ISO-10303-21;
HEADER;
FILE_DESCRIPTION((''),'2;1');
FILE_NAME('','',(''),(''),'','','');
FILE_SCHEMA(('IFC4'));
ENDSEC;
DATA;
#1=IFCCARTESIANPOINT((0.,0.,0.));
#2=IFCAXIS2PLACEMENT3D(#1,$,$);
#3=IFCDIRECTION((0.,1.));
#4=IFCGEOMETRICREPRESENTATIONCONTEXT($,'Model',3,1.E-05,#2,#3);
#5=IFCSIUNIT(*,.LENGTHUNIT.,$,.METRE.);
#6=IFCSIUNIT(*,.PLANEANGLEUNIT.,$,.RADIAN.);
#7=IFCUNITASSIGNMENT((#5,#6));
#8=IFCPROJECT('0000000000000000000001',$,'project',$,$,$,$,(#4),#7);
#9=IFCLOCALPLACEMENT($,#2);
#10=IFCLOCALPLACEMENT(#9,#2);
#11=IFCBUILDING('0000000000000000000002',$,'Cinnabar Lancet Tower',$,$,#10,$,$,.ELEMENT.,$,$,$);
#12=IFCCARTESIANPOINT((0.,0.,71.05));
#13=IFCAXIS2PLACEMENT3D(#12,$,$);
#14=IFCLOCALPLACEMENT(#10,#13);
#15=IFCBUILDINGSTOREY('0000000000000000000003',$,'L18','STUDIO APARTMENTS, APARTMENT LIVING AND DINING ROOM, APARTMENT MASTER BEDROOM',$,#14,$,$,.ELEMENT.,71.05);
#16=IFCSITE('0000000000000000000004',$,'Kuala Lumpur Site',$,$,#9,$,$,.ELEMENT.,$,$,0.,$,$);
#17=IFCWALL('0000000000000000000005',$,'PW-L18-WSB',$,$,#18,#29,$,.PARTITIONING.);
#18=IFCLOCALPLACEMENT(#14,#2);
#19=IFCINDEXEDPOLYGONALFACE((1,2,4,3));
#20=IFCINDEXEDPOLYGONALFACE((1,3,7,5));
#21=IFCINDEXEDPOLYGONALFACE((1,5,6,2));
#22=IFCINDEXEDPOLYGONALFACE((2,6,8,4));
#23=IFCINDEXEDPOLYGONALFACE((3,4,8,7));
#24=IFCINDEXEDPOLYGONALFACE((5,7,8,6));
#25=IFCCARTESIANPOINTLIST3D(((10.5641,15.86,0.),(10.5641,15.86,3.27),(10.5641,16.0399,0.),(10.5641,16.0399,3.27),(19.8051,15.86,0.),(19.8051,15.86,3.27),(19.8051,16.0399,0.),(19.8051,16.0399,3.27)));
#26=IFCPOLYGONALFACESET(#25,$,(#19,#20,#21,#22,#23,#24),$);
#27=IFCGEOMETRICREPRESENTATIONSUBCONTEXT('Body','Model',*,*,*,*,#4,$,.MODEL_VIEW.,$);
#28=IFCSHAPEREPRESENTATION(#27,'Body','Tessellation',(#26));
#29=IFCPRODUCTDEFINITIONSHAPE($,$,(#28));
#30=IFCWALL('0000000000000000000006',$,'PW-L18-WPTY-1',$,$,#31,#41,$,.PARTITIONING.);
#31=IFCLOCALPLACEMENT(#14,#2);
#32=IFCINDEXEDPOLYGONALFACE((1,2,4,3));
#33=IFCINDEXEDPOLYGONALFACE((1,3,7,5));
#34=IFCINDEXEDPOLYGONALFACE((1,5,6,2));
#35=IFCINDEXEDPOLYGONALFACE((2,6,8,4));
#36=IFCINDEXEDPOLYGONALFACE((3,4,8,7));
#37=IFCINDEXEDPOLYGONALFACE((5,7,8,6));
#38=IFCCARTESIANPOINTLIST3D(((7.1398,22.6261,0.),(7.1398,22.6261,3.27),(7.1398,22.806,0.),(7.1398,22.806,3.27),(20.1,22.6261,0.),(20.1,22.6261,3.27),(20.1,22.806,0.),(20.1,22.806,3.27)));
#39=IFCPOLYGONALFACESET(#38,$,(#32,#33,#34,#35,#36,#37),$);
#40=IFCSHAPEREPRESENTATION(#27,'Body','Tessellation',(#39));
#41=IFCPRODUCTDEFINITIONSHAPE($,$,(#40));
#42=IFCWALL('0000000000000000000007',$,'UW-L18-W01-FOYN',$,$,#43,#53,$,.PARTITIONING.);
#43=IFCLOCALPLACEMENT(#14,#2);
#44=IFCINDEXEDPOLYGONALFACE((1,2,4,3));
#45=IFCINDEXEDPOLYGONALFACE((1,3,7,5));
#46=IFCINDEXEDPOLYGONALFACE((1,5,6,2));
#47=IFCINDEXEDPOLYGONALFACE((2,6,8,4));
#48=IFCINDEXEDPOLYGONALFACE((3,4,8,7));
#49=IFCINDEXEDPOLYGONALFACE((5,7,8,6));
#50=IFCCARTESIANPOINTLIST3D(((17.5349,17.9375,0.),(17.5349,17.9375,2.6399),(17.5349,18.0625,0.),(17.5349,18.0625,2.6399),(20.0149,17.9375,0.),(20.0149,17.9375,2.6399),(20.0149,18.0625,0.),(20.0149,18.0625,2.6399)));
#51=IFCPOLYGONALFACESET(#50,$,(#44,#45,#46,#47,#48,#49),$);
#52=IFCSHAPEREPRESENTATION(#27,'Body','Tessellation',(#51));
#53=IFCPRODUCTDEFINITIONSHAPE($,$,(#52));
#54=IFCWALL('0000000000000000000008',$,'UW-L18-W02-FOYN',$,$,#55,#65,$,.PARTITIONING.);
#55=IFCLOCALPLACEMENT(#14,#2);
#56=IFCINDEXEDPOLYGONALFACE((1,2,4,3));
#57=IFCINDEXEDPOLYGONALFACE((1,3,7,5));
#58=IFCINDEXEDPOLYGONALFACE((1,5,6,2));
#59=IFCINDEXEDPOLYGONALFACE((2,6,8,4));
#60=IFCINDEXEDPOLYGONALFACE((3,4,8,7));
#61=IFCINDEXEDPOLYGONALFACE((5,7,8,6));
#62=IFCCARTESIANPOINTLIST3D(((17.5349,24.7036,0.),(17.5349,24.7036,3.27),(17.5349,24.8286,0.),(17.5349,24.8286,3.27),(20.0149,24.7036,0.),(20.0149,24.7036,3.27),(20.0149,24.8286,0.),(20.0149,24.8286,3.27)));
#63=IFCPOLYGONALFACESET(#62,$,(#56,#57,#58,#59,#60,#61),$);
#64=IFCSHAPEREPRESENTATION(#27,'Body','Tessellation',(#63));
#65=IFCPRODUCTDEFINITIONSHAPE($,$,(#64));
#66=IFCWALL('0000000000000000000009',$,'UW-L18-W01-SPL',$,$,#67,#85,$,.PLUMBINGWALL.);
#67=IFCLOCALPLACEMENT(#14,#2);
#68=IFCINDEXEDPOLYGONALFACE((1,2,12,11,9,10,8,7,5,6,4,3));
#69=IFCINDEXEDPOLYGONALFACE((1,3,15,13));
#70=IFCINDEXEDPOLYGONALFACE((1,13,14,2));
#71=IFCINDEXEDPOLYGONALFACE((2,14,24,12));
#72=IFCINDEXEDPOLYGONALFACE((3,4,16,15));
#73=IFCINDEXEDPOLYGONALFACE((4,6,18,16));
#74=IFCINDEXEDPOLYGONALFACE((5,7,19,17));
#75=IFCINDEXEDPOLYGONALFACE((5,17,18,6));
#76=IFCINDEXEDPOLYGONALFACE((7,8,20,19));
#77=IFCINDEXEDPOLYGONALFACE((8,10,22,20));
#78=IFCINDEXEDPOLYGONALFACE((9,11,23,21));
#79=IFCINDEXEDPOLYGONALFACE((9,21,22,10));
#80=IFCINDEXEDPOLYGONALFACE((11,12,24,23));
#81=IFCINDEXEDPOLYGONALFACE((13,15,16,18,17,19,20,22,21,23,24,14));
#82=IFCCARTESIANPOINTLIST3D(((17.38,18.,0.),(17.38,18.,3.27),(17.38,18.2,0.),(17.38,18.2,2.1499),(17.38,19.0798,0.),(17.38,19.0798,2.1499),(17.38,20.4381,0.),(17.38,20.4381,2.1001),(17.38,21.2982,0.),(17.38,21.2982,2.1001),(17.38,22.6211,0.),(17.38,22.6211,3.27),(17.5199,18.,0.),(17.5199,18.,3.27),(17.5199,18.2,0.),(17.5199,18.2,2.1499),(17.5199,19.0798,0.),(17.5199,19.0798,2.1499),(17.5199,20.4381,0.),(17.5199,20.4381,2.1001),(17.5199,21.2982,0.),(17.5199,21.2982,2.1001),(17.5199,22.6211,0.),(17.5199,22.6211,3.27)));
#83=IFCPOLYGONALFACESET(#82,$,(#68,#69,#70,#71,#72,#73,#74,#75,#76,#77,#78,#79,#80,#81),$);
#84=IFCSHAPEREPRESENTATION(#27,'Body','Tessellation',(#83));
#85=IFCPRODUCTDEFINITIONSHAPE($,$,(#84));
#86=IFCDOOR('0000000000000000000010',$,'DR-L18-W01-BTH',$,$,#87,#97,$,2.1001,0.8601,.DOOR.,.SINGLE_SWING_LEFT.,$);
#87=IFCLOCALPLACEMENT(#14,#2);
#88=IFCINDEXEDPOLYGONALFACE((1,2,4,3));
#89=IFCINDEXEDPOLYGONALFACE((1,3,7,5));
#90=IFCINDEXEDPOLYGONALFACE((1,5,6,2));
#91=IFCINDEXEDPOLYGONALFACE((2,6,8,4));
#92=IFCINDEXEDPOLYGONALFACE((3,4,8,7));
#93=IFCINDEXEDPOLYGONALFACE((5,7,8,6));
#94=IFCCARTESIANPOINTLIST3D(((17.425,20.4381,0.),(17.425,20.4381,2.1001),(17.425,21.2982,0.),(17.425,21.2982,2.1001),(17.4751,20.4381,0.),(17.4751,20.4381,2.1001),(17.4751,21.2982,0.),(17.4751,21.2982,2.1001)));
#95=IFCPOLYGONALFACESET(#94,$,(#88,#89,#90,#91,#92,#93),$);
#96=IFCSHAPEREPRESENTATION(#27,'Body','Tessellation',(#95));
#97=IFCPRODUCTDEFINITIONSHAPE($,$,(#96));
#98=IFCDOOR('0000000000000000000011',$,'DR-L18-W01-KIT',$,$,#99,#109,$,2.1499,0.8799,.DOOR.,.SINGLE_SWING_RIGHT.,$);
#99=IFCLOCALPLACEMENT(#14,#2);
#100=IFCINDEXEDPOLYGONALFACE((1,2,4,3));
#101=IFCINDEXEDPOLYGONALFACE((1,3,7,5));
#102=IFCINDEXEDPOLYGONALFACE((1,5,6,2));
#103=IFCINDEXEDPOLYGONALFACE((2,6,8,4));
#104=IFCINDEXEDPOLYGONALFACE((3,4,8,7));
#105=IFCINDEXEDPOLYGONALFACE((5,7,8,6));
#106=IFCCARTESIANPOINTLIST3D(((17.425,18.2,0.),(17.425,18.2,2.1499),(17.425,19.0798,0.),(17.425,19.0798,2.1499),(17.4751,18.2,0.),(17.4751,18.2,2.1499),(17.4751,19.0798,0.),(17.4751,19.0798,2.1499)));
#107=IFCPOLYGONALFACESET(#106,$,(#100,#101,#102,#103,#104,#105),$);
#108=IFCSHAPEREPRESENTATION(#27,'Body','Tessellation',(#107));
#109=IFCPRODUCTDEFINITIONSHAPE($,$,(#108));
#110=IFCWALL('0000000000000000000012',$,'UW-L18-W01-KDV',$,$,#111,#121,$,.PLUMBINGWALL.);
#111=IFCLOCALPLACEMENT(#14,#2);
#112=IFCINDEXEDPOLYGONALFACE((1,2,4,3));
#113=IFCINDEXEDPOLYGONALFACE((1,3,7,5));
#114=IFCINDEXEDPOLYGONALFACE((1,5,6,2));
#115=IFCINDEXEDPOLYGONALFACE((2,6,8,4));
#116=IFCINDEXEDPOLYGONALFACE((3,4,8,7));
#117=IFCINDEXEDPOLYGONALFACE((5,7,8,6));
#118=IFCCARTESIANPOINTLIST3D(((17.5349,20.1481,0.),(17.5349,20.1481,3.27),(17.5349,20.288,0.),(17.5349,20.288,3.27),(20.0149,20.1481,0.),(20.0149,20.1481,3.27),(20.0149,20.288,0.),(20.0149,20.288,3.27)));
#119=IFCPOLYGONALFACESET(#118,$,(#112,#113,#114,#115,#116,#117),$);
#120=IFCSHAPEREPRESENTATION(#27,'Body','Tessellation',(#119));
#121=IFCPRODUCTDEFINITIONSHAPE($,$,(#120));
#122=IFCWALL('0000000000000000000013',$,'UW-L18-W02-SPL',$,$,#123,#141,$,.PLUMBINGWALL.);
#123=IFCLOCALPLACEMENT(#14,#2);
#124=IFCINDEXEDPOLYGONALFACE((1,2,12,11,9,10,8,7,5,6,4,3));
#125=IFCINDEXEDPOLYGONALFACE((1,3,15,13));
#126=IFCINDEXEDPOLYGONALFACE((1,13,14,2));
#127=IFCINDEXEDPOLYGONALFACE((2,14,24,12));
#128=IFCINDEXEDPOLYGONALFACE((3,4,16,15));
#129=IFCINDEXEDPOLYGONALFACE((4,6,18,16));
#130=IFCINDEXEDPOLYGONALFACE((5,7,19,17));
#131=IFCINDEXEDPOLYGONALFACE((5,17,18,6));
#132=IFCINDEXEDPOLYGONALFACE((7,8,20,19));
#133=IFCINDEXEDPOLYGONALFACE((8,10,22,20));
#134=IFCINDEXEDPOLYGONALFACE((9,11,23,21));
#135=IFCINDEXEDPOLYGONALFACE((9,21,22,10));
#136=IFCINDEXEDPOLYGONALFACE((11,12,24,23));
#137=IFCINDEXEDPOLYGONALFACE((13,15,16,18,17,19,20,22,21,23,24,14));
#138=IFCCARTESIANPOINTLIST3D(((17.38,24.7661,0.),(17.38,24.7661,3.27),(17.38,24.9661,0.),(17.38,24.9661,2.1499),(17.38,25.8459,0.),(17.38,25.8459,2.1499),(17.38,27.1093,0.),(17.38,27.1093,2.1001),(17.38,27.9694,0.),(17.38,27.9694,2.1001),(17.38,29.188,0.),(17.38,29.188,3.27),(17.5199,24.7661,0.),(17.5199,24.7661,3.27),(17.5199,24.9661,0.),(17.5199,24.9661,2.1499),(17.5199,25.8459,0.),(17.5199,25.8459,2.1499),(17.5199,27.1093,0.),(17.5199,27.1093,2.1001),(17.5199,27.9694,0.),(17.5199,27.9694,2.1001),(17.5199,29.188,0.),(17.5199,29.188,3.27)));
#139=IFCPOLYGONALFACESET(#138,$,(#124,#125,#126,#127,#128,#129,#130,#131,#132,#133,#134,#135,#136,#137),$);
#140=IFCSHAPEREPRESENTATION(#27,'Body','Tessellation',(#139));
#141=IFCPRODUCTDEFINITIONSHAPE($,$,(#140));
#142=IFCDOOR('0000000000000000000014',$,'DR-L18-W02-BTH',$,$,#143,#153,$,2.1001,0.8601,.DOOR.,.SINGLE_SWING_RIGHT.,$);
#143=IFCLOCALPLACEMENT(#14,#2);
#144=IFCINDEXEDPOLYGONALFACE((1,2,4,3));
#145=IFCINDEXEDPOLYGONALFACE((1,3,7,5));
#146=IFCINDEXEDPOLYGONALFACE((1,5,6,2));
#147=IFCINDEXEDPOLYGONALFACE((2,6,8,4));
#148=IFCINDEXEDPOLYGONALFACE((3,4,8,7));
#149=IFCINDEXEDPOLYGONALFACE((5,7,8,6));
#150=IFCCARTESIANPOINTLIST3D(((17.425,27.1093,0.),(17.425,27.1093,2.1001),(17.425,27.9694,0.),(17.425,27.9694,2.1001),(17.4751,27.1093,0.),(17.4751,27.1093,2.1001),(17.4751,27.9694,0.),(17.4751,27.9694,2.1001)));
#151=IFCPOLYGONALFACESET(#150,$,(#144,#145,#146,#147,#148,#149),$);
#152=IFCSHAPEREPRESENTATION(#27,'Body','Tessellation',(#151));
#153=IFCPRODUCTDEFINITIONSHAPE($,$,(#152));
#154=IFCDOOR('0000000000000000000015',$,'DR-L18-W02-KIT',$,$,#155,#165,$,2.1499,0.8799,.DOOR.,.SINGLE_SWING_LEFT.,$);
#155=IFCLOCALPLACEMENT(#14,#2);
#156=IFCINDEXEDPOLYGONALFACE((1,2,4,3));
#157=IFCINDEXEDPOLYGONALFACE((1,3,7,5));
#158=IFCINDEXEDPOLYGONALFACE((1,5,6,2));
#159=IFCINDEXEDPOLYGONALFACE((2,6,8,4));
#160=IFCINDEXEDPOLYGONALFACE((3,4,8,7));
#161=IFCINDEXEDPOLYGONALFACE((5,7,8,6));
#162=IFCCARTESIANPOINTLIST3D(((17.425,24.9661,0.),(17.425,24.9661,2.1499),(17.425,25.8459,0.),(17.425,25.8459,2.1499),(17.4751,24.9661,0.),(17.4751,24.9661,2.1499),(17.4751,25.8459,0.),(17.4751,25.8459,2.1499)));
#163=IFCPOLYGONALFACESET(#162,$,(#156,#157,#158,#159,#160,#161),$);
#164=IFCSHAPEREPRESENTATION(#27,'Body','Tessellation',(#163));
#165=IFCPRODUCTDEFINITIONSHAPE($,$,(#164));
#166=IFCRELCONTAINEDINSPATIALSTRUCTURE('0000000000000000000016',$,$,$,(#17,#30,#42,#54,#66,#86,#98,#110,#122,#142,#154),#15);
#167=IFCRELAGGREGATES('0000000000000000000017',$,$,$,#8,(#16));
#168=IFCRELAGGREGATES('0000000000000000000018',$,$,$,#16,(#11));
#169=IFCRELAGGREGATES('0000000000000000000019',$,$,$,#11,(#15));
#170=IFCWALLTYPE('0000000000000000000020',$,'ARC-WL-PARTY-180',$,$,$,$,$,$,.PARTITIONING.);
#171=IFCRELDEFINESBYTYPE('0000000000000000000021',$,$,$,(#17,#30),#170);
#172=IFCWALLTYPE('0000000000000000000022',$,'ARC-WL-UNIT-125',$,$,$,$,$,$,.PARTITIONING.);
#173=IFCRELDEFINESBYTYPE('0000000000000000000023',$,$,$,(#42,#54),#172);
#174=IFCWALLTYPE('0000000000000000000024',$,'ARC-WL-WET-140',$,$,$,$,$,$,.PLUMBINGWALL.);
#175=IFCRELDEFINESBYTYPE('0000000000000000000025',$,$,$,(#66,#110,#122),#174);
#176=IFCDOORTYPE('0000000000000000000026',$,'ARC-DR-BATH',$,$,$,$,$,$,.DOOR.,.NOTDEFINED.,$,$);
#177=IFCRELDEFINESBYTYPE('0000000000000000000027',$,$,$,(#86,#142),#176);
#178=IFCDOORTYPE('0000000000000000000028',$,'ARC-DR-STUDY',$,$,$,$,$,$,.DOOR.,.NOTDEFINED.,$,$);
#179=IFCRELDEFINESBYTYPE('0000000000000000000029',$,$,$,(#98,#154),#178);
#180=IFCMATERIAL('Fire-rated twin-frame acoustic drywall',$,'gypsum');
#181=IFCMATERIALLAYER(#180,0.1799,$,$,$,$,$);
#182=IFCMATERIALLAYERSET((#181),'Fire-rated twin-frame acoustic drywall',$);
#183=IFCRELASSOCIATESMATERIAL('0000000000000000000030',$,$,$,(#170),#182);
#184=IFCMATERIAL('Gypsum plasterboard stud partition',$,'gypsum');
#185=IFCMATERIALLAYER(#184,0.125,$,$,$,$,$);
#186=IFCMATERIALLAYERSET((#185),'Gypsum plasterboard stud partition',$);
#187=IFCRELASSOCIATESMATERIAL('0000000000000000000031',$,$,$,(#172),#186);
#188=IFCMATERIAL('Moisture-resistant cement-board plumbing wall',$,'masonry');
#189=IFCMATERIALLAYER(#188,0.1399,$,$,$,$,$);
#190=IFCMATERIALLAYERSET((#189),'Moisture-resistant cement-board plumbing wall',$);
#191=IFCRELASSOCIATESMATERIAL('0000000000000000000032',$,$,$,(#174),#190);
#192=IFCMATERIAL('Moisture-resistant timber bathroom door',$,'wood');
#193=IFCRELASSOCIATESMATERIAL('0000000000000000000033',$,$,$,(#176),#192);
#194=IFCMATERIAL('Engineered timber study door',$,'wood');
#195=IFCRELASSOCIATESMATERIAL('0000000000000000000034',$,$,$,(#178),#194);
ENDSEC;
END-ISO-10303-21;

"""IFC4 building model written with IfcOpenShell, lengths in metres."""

from ifc_helpers import new_model, si_unit, direction, frame, frame_2d, origin, place, context, subcontext, project, spatial, rectangle, extrude, material, layer, layer_set, type_object, element, fill, save


model = new_model("IFC4")

# Units and contexts
model_context = context("Model", 3, precision=1e-05, world=origin(), true_north=direction((0.0, 1.0)))
body_context = subcontext(model_context, "Body", "Model", "MODEL_VIEW")
ifc_project = project(units=[si_unit("LENGTHUNIT", "METRE"), si_unit("PLANEANGLEUNIT", "RADIAN")], contexts=[model_context])

# Site, building, storey
site_placement = place(None, origin())
site = spatial("IfcSite", under=ifc_project, at=site_placement, Name="Kuala Lumpur Site", CompositionType="ELEMENT", RefElevation=0.0)
building_placement = place(site_placement, origin())
building = spatial("IfcBuilding", under=site, at=building_placement, Name="Cinnabar Lancet Tower", CompositionType="ELEMENT")
storey_placement = place(building_placement, frame((0.0, 0.0, 71.05)))
storey = spatial("IfcBuildingStorey", under=building, at=storey_placement, Name="L18", Description="STUDIO APARTMENTS, APARTMENT LIVING AND DINING ROOM, APARTMENT MASTER BEDROOM", CompositionType="ELEMENT", Elevation=71.05)

# Walls
ifc_material_1 = material(Name="Fire-rated twin-frame acoustic drywall", Category="gypsum")
ifc_layer_1 = layer(ifc_material_1, 0.1799)
ifc_layer_set_1 = layer_set([ifc_layer_1], Name="Fire-rated twin-frame acoustic drywall")
wall_type_1 = type_object("IfcWallType", Name="ARC-WL-PARTY-180", PredefinedType="PARTITIONING", material=ifc_layer_set_1)
wall_1_placement = place(storey_placement, frame((10.564, 15.95, 0.0), z_axis=(0.0, 0.0, 1.0), x_axis=(1.0, 0.0, 0.0)))
element("IfcWall", 1, at=wall_1_placement, inside=storey, type_object=wall_type_1, Name="PW-L18-WSB", PredefinedType="PARTITIONING", context=body_context, shape_type="SweptSolid", body=[
    extrude(rectangle(XDim=9.241, YDim=0.1799, at=frame_2d((4.6206, 0.0))), origin(), (0.0, 0.0, 1.0), 3.27),
])
wall_2_placement = place(storey_placement, frame((7.1399, 22.7161, 0.0), z_axis=(0.0, 0.0, 1.0), x_axis=(1.0, 0.0, 0.0)))
element("IfcWall", 2, at=wall_2_placement, inside=storey, type_object=wall_type_1, Name="PW-L18-WPTY-1", PredefinedType="PARTITIONING", context=body_context, shape_type="SweptSolid", body=[
    extrude(rectangle(XDim=12.9602, YDim=0.1799, at=frame_2d((6.48, 0.0))), origin(), (0.0, 0.0, 1.0), 3.27),
])
ifc_material_2 = material(Name="Gypsum plasterboard stud partition", Category="gypsum")
ifc_layer_2 = layer(ifc_material_2, 0.125)
ifc_layer_set_2 = layer_set([ifc_layer_2], Name="Gypsum plasterboard stud partition")
wall_type_2 = type_object("IfcWallType", Name="ARC-WL-UNIT-125", PredefinedType="PARTITIONING", material=ifc_layer_set_2)
wall_3_placement = place(storey_placement, frame((17.5349, 18.0, 0.0), z_axis=(0.0, 0.0, 1.0), x_axis=(1.0, 0.0, 0.0)))
element("IfcWall", 3, at=wall_3_placement, inside=storey, type_object=wall_type_2, Name="UW-L18-W01-FOYN", PredefinedType="PARTITIONING", context=body_context, shape_type="SweptSolid", body=[
    extrude(rectangle(XDim=2.48, YDim=0.125, at=frame_2d((1.24, 0.0))), origin(), (0.0, 0.0, 1.0), 2.6399),
])
wall_4_placement = place(storey_placement, frame((17.5349, 24.7661, 0.0), z_axis=(0.0, 0.0, 1.0), x_axis=(1.0, 0.0, 0.0)))
element("IfcWall", 4, at=wall_4_placement, inside=storey, type_object=wall_type_2, Name="UW-L18-W02-FOYN", PredefinedType="PARTITIONING", context=body_context, shape_type="SweptSolid", body=[
    extrude(rectangle(XDim=2.48, YDim=0.125, at=frame_2d((1.24, 0.0))), origin(), (0.0, 0.0, 1.0), 3.27),
])

# Wall, openings, doors
ifc_material_3 = material(Name="Moisture-resistant cement-board plumbing wall", Category="masonry")
ifc_layer_3 = layer(ifc_material_3, 0.1399)
ifc_layer_set_3 = layer_set([ifc_layer_3], Name="Moisture-resistant cement-board plumbing wall")
wall_type_3 = type_object("IfcWallType", Name="ARC-WL-WET-140", PredefinedType="PLUMBINGWALL", material=ifc_layer_set_3)
wall_5_placement = place(storey_placement, frame((17.45, 18.0, 0.0), z_axis=(0.0, 0.0, 1.0), x_axis=(0.0, 1.0, 0.0)))
wall_5 = element("IfcWall", 5, at=wall_5_placement, inside=storey, type_object=wall_type_3, Name="UW-L18-W01-SPL", PredefinedType="PLUMBINGWALL", context=body_context, shape_type="SweptSolid", body=[
    extrude(rectangle(XDim=4.6211, YDim=0.1399, at=frame_2d((2.3105, 0.0))), origin(), (0.0, 0.0, 1.0), 3.27),
])
opening_1_placement = place(wall_5_placement, frame((2.438, 0.0, 0.0)))
opening_1 = element("IfcOpeningElement", 6, at=opening_1_placement, cuts=wall_5, PredefinedType="OPENING", context=body_context, shape_type="SweptSolid", body=[
    extrude(rectangle(XDim=0.8601, YDim=2.1001, at=frame_2d((0.4302, 1.05))), frame((0.0, 0.0798, 0.0), z_axis=(0.0, -1.0, 0.0), x_axis=(1.0, 0.0, 0.0)), (0.0, 0.0, 1.0), 0.1599),
])
opening_2_placement = place(wall_5_placement, frame((0.2, 0.0, 0.0)))
opening_2 = element("IfcOpeningElement", 7, at=opening_2_placement, cuts=wall_5, PredefinedType="OPENING", context=body_context, shape_type="SweptSolid", body=[
    extrude(rectangle(XDim=0.8799, YDim=2.1499, at=frame_2d((0.4399, 1.075))), frame((0.0, 0.0798, 0.0), z_axis=(0.0, -1.0, 0.0), x_axis=(1.0, 0.0, 0.0)), (0.0, 0.0, 1.0), 0.1599),
])
ifc_material_4 = material(Name="Moisture-resistant timber bathroom door", Category="wood")
door_type_1 = type_object("IfcDoorType", Name="ARC-DR-BATH", OperationType="NOTDEFINED", PredefinedType="DOOR", material=ifc_material_4)
door_1_placement = place(opening_1_placement, origin())
door_1 = element("IfcDoor", 8, at=door_1_placement, inside=storey, type_object=door_type_1, Name="DR-L18-W01-BTH", OperationType="SINGLE_SWING_LEFT", OverallHeight=2.1001, OverallWidth=0.8601, PredefinedType="DOOR", context=body_context, shape_type="SweptSolid", body=[
    extrude(rectangle(XDim=0.8601, YDim=2.1001, at=frame_2d((0.4302, 1.05))), frame((0.0, 0.0249, 0.0), z_axis=(0.0, -1.0, 0.0), x_axis=(1.0, 0.0, 0.0)), (0.0, 0.0, 1.0), 0.05),
])
fill(opening_1, door_1)
ifc_material_5 = material(Name="Engineered timber study door", Category="wood")
door_type_2 = type_object("IfcDoorType", Name="ARC-DR-STUDY", OperationType="NOTDEFINED", PredefinedType="DOOR", material=ifc_material_5)
door_2_placement = place(opening_2_placement, origin())
door_2 = element("IfcDoor", 9, at=door_2_placement, inside=storey, type_object=door_type_2, Name="DR-L18-W01-KIT", OperationType="SINGLE_SWING_RIGHT", OverallHeight=2.1499, OverallWidth=0.8799, PredefinedType="DOOR", context=body_context, shape_type="SweptSolid", body=[
    extrude(rectangle(XDim=0.8799, YDim=2.1499, at=frame_2d((0.4399, 1.075))), frame((0.0, 0.0249, 0.0), z_axis=(0.0, -1.0, 0.0), x_axis=(1.0, 0.0, 0.0)), (0.0, 0.0, 1.0), 0.05),
])
fill(opening_2, door_2)

# Wall
wall_6_placement = place(storey_placement, frame((17.5349, 20.218, 0.0), z_axis=(0.0, 0.0, 1.0), x_axis=(1.0, 0.0, 0.0)))
element("IfcWall", 10, at=wall_6_placement, inside=storey, type_object=wall_type_3, Name="UW-L18-W01-KDV", PredefinedType="PLUMBINGWALL", context=body_context, shape_type="SweptSolid", body=[
    extrude(rectangle(XDim=2.48, YDim=0.1399, at=frame_2d((1.24, 0.0))), origin(), (0.0, 0.0, 1.0), 3.27),
])

# Wall, openings, doors
wall_7_placement = place(storey_placement, frame((17.45, 24.7661, 0.0), z_axis=(0.0, 0.0, 1.0), x_axis=(0.0, 1.0, 0.0)))
wall_7 = element("IfcWall", 11, at=wall_7_placement, inside=storey, type_object=wall_type_3, Name="UW-L18-W02-SPL", PredefinedType="PLUMBINGWALL", context=body_context, shape_type="SweptSolid", body=[
    extrude(rectangle(XDim=4.4219, YDim=0.1399, at=frame_2d((2.2109, 0.0))), origin(), (0.0, 0.0, 1.0), 3.27),
])
opening_3_placement = place(wall_7_placement, frame((2.343, 0.0, 0.0)))
opening_3 = element("IfcOpeningElement", 12, at=opening_3_placement, cuts=wall_7, PredefinedType="OPENING", context=body_context, shape_type="SweptSolid", body=[
    extrude(rectangle(XDim=0.8601, YDim=2.1001, at=frame_2d((0.4302, 1.05))), frame((0.0, 0.0798, 0.0), z_axis=(0.0, -1.0, 0.0), x_axis=(1.0, 0.0, 0.0)), (0.0, 0.0, 1.0), 0.1599),
])
opening_4_placement = place(wall_7_placement, frame((0.2, 0.0, 0.0)))
opening_4 = element("IfcOpeningElement", 13, at=opening_4_placement, cuts=wall_7, PredefinedType="OPENING", context=body_context, shape_type="SweptSolid", body=[
    extrude(rectangle(XDim=0.8799, YDim=2.1499, at=frame_2d((0.4399, 1.075))), frame((0.0, 0.0798, 0.0), z_axis=(0.0, -1.0, 0.0), x_axis=(1.0, 0.0, 0.0)), (0.0, 0.0, 1.0), 0.1599),
])
door_3_placement = place(opening_3_placement, origin())
door_3 = element("IfcDoor", 14, at=door_3_placement, inside=storey, type_object=door_type_1, Name="DR-L18-W02-BTH", OperationType="SINGLE_SWING_RIGHT", OverallHeight=2.1001, OverallWidth=0.8601, PredefinedType="DOOR", context=body_context, shape_type="SweptSolid", body=[
    extrude(rectangle(XDim=0.8601, YDim=2.1001, at=frame_2d((0.4302, 1.05))), frame((0.0, 0.0249, 0.0), z_axis=(0.0, -1.0, 0.0), x_axis=(1.0, 0.0, 0.0)), (0.0, 0.0, 1.0), 0.05),
])
fill(opening_3, door_3)
door_4_placement = place(opening_4_placement, origin())
door_4 = element("IfcDoor", 15, at=door_4_placement, inside=storey, type_object=door_type_2, Name="DR-L18-W02-KIT", OperationType="SINGLE_SWING_LEFT", OverallHeight=2.1499, OverallWidth=0.8799, PredefinedType="DOOR", context=body_context, shape_type="SweptSolid", body=[
    extrude(rectangle(XDim=0.8799, YDim=2.1499, at=frame_2d((0.4399, 1.075))), frame((0.0, 0.0249, 0.0), z_axis=(0.0, -1.0, 0.0), x_axis=(1.0, 0.0, 0.0)), (0.0, 0.0, 1.0), 0.05),
])
fill(opening_4, door_4)

save(model, "model.ifc")
